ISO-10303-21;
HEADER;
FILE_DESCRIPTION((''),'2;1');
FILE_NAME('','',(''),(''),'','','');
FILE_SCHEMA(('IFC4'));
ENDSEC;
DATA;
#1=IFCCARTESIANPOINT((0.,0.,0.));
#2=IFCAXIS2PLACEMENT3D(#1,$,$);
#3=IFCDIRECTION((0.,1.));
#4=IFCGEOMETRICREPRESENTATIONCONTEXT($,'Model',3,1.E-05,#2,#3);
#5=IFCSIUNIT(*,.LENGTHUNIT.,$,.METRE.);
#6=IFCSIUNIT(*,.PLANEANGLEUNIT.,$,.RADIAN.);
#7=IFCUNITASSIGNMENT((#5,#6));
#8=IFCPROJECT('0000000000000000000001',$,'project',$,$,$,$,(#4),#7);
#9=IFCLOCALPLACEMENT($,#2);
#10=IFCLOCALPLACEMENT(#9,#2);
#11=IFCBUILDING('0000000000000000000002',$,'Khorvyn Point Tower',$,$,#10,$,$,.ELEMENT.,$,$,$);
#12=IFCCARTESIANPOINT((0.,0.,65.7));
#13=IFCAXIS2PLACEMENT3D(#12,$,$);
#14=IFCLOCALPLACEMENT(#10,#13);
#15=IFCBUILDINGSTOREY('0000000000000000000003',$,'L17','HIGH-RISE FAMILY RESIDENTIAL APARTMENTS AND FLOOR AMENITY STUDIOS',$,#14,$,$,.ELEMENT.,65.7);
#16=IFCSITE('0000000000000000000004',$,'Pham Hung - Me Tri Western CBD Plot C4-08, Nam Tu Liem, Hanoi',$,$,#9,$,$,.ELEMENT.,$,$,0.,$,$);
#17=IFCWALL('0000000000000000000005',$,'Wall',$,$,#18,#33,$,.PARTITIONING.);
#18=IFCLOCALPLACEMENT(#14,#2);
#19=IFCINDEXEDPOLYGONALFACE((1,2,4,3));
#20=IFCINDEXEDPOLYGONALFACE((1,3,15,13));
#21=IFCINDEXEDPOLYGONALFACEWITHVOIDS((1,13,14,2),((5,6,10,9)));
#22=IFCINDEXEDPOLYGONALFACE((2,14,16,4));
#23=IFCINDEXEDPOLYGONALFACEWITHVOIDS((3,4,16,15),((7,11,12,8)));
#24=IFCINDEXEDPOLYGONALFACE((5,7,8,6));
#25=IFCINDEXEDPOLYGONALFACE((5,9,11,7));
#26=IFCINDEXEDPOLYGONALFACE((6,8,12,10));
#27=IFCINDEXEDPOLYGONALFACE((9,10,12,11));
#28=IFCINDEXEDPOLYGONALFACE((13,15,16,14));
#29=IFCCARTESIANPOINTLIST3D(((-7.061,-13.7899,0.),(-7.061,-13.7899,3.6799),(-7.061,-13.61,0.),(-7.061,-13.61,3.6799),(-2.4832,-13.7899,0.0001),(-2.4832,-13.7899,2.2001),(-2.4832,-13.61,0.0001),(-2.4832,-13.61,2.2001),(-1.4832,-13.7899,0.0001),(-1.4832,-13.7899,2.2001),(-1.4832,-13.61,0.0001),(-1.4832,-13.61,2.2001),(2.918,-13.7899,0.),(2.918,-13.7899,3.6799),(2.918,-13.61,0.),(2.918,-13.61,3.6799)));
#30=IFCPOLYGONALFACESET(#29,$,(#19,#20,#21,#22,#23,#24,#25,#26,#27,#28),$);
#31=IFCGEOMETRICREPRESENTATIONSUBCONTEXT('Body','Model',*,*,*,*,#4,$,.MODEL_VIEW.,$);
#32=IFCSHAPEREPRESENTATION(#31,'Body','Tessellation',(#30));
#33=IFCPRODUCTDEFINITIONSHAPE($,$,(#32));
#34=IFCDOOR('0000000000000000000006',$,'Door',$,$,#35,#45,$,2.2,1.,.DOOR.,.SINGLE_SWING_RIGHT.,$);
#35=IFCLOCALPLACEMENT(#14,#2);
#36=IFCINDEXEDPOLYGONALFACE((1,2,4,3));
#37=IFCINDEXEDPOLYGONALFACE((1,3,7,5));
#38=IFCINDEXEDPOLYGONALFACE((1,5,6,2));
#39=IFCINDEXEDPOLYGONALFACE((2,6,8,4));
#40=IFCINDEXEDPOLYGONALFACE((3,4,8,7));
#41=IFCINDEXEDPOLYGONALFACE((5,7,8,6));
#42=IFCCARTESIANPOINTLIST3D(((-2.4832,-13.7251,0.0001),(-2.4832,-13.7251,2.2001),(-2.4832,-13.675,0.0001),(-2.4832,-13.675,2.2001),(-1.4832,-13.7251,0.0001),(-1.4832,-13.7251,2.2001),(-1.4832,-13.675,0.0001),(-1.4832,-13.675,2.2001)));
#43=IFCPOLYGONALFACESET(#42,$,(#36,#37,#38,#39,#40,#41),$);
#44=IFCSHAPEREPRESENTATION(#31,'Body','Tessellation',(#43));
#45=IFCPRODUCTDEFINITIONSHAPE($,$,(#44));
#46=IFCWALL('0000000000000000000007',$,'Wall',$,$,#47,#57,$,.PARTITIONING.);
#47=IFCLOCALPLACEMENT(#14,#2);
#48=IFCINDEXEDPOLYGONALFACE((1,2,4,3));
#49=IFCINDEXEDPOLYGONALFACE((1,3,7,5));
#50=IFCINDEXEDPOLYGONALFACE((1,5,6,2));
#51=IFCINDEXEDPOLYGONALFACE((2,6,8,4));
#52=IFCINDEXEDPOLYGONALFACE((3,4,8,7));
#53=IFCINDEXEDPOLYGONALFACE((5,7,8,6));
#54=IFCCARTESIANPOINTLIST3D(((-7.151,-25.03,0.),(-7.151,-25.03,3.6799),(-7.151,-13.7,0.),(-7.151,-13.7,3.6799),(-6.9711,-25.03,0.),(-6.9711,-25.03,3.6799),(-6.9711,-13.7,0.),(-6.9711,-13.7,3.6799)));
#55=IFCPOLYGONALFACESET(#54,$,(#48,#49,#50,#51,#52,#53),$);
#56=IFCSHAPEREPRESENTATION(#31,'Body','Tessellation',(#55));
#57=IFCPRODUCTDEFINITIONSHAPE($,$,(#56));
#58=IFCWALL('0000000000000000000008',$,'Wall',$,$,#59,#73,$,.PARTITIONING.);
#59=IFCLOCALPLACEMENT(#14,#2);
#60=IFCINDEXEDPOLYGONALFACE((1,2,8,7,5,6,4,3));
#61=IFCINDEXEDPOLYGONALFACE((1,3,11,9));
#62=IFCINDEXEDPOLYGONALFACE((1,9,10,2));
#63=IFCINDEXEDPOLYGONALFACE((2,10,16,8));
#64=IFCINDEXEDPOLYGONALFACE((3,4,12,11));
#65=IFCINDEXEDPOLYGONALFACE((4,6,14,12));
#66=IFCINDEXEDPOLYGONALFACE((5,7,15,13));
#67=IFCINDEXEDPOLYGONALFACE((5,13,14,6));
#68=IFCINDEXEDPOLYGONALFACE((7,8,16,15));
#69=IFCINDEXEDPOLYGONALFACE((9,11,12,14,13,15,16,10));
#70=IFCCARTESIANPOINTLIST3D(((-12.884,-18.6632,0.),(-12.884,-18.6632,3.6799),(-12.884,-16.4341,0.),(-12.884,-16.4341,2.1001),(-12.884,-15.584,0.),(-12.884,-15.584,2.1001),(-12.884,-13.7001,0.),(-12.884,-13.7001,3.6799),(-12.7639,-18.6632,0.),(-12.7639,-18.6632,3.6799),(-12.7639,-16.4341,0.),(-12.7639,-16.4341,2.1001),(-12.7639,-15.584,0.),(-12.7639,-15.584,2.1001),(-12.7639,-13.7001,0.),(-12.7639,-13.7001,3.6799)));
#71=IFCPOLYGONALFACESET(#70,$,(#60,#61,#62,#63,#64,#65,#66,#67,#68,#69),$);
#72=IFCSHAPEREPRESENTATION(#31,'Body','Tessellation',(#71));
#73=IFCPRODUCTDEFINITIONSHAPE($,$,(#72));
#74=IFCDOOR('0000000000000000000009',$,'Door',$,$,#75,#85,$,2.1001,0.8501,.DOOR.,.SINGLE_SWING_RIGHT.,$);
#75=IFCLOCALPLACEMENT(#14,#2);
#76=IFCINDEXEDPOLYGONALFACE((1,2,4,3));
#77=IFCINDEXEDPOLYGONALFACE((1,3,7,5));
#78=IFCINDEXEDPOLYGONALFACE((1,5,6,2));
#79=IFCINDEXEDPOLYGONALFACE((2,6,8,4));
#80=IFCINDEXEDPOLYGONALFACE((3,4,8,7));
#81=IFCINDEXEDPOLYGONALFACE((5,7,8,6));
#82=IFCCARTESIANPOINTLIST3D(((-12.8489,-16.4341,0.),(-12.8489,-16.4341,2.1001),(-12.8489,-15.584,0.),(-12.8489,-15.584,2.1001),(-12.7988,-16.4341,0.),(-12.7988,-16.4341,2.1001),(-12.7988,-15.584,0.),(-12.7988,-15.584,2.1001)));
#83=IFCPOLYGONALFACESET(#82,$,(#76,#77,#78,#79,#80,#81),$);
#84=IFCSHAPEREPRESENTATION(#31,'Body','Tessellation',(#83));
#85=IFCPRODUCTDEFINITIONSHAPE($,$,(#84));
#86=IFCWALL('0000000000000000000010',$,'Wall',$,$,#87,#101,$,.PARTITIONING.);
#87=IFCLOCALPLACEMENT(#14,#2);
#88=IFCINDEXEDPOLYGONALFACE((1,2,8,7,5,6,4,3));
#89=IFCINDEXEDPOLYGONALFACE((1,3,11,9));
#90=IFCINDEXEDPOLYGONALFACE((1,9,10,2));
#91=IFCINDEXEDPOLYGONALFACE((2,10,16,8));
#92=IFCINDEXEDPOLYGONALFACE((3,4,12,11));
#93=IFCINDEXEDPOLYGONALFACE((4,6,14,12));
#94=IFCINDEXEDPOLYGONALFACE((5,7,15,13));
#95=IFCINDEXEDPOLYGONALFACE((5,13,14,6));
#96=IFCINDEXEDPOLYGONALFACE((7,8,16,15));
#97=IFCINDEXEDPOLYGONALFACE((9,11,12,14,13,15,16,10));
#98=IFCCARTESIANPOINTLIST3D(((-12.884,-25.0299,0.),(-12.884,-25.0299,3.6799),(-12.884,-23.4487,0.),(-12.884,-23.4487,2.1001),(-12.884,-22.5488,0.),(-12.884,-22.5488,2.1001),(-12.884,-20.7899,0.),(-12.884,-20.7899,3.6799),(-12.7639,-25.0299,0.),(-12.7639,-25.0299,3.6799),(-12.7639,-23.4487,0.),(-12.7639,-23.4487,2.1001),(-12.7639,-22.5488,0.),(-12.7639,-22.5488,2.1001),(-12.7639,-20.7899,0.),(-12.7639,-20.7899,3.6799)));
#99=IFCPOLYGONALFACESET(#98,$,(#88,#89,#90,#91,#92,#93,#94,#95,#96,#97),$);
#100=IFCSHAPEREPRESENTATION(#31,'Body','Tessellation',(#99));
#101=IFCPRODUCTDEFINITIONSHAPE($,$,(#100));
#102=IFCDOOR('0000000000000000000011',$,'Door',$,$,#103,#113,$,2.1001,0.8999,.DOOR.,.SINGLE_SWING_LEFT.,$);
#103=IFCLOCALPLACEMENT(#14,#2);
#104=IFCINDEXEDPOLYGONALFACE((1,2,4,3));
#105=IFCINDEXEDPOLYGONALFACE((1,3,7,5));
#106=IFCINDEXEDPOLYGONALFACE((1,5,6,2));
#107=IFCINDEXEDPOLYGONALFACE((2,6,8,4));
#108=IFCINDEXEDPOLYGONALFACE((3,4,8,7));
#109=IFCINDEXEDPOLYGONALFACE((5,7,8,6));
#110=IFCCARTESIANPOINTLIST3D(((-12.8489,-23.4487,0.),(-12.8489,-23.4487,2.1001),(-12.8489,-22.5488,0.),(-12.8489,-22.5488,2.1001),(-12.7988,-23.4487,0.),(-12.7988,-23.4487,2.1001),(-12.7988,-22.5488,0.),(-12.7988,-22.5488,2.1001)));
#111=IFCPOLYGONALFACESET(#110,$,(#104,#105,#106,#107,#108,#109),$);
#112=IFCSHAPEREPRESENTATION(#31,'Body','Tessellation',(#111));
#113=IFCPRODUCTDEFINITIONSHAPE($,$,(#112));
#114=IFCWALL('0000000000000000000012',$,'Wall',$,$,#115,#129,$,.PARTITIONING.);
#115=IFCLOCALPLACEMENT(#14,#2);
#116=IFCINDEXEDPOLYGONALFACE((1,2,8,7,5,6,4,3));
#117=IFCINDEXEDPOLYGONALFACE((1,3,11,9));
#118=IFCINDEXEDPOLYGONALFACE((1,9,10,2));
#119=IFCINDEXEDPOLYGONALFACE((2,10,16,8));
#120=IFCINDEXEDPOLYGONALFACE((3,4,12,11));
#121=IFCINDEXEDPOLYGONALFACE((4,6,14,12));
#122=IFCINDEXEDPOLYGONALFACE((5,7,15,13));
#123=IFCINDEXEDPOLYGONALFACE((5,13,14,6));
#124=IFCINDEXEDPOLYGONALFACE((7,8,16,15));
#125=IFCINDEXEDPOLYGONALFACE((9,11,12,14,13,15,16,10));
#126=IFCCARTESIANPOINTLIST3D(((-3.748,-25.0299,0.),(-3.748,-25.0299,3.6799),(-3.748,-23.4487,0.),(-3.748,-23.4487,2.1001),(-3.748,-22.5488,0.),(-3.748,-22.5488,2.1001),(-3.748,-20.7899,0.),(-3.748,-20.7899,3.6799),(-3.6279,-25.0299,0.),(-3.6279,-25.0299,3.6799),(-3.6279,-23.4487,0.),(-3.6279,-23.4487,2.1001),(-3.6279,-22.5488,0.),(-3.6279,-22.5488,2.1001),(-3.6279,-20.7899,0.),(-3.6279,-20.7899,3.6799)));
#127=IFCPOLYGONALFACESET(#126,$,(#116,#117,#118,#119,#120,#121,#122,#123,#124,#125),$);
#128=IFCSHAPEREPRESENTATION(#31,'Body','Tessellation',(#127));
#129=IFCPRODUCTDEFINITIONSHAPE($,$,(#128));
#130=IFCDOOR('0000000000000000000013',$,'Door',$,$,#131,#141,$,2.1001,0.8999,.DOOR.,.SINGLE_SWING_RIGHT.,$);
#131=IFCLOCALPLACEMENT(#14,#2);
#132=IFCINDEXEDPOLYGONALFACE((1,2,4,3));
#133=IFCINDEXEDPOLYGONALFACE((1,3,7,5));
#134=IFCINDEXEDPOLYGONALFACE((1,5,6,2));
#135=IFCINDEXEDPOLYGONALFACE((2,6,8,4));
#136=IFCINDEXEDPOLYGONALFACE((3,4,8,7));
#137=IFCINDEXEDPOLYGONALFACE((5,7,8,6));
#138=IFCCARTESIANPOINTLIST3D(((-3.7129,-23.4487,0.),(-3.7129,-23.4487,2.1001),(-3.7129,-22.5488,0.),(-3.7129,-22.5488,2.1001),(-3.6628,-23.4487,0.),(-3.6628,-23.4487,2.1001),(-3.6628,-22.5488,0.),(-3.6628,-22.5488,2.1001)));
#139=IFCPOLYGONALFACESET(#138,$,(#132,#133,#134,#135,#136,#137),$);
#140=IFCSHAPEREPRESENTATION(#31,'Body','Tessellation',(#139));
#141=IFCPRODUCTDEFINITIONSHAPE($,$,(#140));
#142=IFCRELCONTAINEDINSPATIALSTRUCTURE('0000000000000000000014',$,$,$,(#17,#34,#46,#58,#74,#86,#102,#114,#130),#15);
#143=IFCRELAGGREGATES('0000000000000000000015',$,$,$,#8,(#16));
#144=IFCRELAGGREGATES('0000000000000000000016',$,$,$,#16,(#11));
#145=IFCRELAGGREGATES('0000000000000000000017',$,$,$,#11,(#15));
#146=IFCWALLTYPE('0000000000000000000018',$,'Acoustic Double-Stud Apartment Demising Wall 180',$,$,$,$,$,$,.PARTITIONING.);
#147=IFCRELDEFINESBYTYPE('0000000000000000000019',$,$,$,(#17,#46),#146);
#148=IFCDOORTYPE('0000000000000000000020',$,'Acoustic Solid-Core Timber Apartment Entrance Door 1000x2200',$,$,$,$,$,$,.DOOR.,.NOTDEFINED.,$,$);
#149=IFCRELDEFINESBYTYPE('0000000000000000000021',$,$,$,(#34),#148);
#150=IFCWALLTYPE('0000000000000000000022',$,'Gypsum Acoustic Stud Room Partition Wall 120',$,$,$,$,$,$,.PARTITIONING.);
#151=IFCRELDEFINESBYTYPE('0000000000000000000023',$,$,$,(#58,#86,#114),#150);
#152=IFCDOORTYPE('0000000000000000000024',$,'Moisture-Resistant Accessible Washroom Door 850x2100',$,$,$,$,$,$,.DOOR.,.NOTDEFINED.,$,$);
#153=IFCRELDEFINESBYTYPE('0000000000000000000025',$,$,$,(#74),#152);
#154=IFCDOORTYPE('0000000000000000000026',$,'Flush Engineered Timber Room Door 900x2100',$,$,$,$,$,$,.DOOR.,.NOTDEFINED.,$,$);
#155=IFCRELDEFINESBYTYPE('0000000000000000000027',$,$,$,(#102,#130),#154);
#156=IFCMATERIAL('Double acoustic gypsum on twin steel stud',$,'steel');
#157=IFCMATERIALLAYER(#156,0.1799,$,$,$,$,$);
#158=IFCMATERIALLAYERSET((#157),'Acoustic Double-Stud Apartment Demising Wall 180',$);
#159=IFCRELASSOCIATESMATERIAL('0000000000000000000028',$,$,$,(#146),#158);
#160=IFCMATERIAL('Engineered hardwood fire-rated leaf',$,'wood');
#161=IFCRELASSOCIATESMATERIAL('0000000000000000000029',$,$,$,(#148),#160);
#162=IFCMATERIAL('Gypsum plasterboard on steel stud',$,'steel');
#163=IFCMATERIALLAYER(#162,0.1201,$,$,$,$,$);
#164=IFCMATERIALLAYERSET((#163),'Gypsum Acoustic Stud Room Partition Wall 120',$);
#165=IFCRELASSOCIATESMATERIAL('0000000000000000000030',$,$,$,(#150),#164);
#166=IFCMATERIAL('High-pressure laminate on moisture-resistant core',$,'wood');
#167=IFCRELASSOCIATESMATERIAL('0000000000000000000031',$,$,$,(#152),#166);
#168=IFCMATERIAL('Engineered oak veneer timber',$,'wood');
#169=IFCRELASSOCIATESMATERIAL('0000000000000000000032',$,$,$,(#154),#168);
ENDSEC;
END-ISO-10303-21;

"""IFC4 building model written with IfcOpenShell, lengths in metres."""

from ifc_helpers import new_model, si_unit, direction, frame, frame_2d, origin, place, context, subcontext, project, spatial, rectangle, extrude, material, layer, layer_set, type_object, element, fill, save


model = new_model("IFC4")

# Units and contexts
model_context = context("Model", 3, precision=1e-05, world=origin(), true_north=direction((0.0, 1.0)))
body_context = subcontext(model_context, "Body", "Model", "MODEL_VIEW")
ifc_project = project(units=[si_unit("LENGTHUNIT", "METRE"), si_unit("PLANEANGLEUNIT", "RADIAN")], contexts=[model_context])

# Site, building, storey
site_placement = place(None, origin())
site = spatial("IfcSite", under=ifc_project, at=site_placement, Name="Pham Hung - Me Tri Western CBD Plot C4-08, Nam Tu Liem, Hanoi", CompositionType="ELEMENT", RefElevation=0.0)
building_placement = place(site_placement, origin())
building = spatial("IfcBuilding", under=site, at=building_placement, Name="Khorvyn Point Tower", CompositionType="ELEMENT")
storey_placement = place(building_placement, frame((0.0, 0.0, 65.7)))
storey = spatial("IfcBuildingStorey", under=building, at=storey_placement, Name="L17", Description="HIGH-RISE FAMILY RESIDENTIAL APARTMENTS AND FLOOR AMENITY STUDIOS", CompositionType="ELEMENT", Elevation=65.7)

# Wall, opening, door
ifc_material_1 = material(Name="Double acoustic gypsum on twin steel stud", Category="steel")
ifc_layer_1 = layer(ifc_material_1, 0.1799)
ifc_layer_set_1 = layer_set([ifc_layer_1], Name="Acoustic Double-Stud Apartment Demising Wall 180")
wall_type_1 = type_object("IfcWallType", Name="Acoustic Double-Stud Apartment Demising Wall 180", PredefinedType="PARTITIONING", material=ifc_layer_set_1)
wall_1_placement = place(storey_placement, frame((-7.061, -13.7, 0.0), z_axis=(0.0, 0.0, 1.0), x_axis=(1.0, 0.0, 0.0)))
wall_1 = element("IfcWall", 1, at=wall_1_placement, inside=storey, type_object=wall_type_1, Name="Wall", PredefinedType="PARTITIONING", context=body_context, shape_type="SweptSolid", body=[
    extrude(rectangle(XDim=9.979, YDim=0.1799, at=frame_2d((4.9895, 0.0))), origin(), (0.0, 0.0, 1.0), 3.6799),
])
opening_1_placement = place(wall_1_placement, frame((4.5779, 0.0, 0.0)))
opening_1 = element("IfcOpeningElement", 2, at=opening_1_placement, cuts=wall_1, PredefinedType="OPENING", context=body_context, shape_type="SweptSolid", body=[
    extrude(rectangle(XDim=1.0, YDim=2.2, at=frame_2d((0.5, 1.1001))), frame((0.0, 0.0999, 0.0), z_axis=(0.0, -1.0, 0.0), x_axis=(1.0, 0.0, 0.0)), (0.0, 0.0, 1.0), 0.2),
])
ifc_material_2 = material(Name="Engineered hardwood fire-rated leaf", Category="wood")
door_type_1 = type_object("IfcDoorType", Name="Acoustic Solid-Core Timber Apartment Entrance Door 1000x2200", OperationType="NOTDEFINED", PredefinedType="DOOR", material=ifc_material_2)
door_1_placement = place(opening_1_placement, origin())
door_1 = element("IfcDoor", 3, at=door_1_placement, inside=storey, type_object=door_type_1, Name="Door", OperationType="SINGLE_SWING_RIGHT", OverallHeight=2.2, OverallWidth=1.0, PredefinedType="DOOR", context=body_context, shape_type="SweptSolid", body=[
    extrude(rectangle(XDim=1.0, YDim=2.2, at=frame_2d((0.5, 1.1001))), frame((0.0, 0.0249, 0.0), z_axis=(0.0, -1.0, 0.0), x_axis=(1.0, 0.0, 0.0)), (0.0, 0.0, 1.0), 0.05),
])
fill(opening_1, door_1)

# Wall
wall_2_placement = place(storey_placement, frame((-7.061, -25.03, 0.0), z_axis=(0.0, 0.0, 1.0), x_axis=(0.0, 1.0, 0.0)))
element("IfcWall", 4, at=wall_2_placement, inside=storey, type_object=wall_type_1, Name="Wall", PredefinedType="PARTITIONING", context=body_context, shape_type="SweptSolid", body=[
    extrude(rectangle(XDim=11.3301, YDim=0.1799, at=frame_2d((5.665, 0.0))), origin(), (0.0, 0.0, 1.0), 3.6799),
])

# Walls, openings, doors
ifc_material_3 = material(Name="Gypsum plasterboard on steel stud", Category="steel")
ifc_layer_2 = layer(ifc_material_3, 0.1201)
ifc_layer_set_2 = layer_set([ifc_layer_2], Name="Gypsum Acoustic Stud Room Partition Wall 120")
wall_type_2 = type_object("IfcWallType", Name="Gypsum Acoustic Stud Room Partition Wall 120", PredefinedType="PARTITIONING", material=ifc_layer_set_2)
wall_3_placement = place(storey_placement, frame((-12.824, -18.6631, 0.0), z_axis=(0.0, 0.0, 1.0), x_axis=(0.0, 1.0, 0.0)))
wall_3 = element("IfcWall", 5, at=wall_3_placement, inside=storey, type_object=wall_type_2, Name="Wall", PredefinedType="PARTITIONING", context=body_context, shape_type="SweptSolid", body=[
    extrude(rectangle(XDim=4.9631, YDim=0.1201, at=frame_2d((2.4814, 0.0))), origin(), (0.0, 0.0, 1.0), 3.6799),
])
opening_2_placement = place(wall_3_placement, frame((2.229, 0.0, 0.0)))
opening_2 = element("IfcOpeningElement", 6, at=opening_2_placement, cuts=wall_3, PredefinedType="OPENING", context=body_context, shape_type="SweptSolid", body=[
    extrude(rectangle(XDim=0.8501, YDim=2.1001, at=frame_2d((0.425, 1.05))), frame((0.0, 0.0701, 0.0), z_axis=(0.0, -1.0, 0.0), x_axis=(1.0, 0.0, 0.0)), (0.0, 0.0, 1.0), 0.1401),
])
ifc_material_4 = material(Name="High-pressure laminate on moisture-resistant core", Category="wood")
door_type_2 = type_object("IfcDoorType", Name="Moisture-Resistant Accessible Washroom Door 850x2100", OperationType="NOTDEFINED", PredefinedType="DOOR", material=ifc_material_4)
door_2_placement = place(opening_2_placement, origin())
door_2 = element("IfcDoor", 7, at=door_2_placement, inside=storey, type_object=door_type_2, Name="Door", OperationType="SINGLE_SWING_RIGHT", OverallHeight=2.1001, OverallWidth=0.8501, PredefinedType="DOOR", context=body_context, shape_type="SweptSolid", body=[
    extrude(rectangle(XDim=0.8501, YDim=2.1001, at=frame_2d((0.425, 1.05))), frame((0.0, 0.0249, 0.0), z_axis=(0.0, -1.0, 0.0), x_axis=(1.0, 0.0, 0.0)), (0.0, 0.0, 1.0), 0.05),
])
fill(opening_2, door_2)
wall_4_placement = place(storey_placement, frame((-12.824, -25.03, 0.0), z_axis=(0.0, 0.0, 1.0), x_axis=(0.0, 1.0, 0.0)))
wall_4 = element("IfcWall", 8, at=wall_4_placement, inside=storey, type_object=wall_type_2, Name="Wall", PredefinedType="PARTITIONING", context=body_context, shape_type="SweptSolid", body=[
    extrude(rectangle(XDim=4.24, YDim=0.1201, at=frame_2d((2.1201, 0.0))), origin(), (0.0, 0.0, 1.0), 3.6799),
])
opening_3_placement = place(wall_4_placement, frame((1.5813, 0.0, 0.0)))
opening_3 = element("IfcOpeningElement", 9, at=opening_3_placement, cuts=wall_4, PredefinedType="OPENING", context=body_context, shape_type="SweptSolid", body=[
    extrude(rectangle(XDim=0.8999, YDim=2.1001, at=frame_2d((0.45, 1.05))), frame((0.0, 0.0701, 0.0), z_axis=(0.0, -1.0, 0.0), x_axis=(1.0, 0.0, 0.0)), (0.0, 0.0, 1.0), 0.1401),
])
ifc_material_5 = material(Name="Engineered oak veneer timber", Category="wood")
door_type_3 = type_object("IfcDoorType", Name="Flush Engineered Timber Room Door 900x2100", OperationType="NOTDEFINED", PredefinedType="DOOR", material=ifc_material_5)
door_3_placement = place(opening_3_placement, origin())
door_3 = element("IfcDoor", 10, at=door_3_placement, inside=storey, type_object=door_type_3, Name="Door", OperationType="SINGLE_SWING_LEFT", OverallHeight=2.1001, OverallWidth=0.8999, PredefinedType="DOOR", context=body_context, shape_type="SweptSolid", body=[
    extrude(rectangle(XDim=0.8999, YDim=2.1001, at=frame_2d((0.45, 1.05))), frame((0.0, 0.0249, 0.0), z_axis=(0.0, -1.0, 0.0), x_axis=(1.0, 0.0, 0.0)), (0.0, 0.0, 1.0), 0.05),
])
fill(opening_3, door_3)
wall_5_placement = place(storey_placement, frame((-3.688, -25.03, 0.0), z_axis=(0.0, 0.0, 1.0), x_axis=(0.0, 1.0, 0.0)))
wall_5 = element("IfcWall", 11, at=wall_5_placement, inside=storey, type_object=wall_type_2, Name="Wall", PredefinedType="PARTITIONING", context=body_context, shape_type="SweptSolid", body=[
    extrude(rectangle(XDim=4.24, YDim=0.1201, at=frame_2d((2.1201, 0.0))), origin(), (0.0, 0.0, 1.0), 3.6799),
])
opening_4_placement = place(wall_5_placement, frame((1.5813, 0.0, 0.0)))
opening_4 = element("IfcOpeningElement", 12, at=opening_4_placement, cuts=wall_5, PredefinedType="OPENING", context=body_context, shape_type="SweptSolid", body=[
    extrude(rectangle(XDim=0.8999, YDim=2.1001, at=frame_2d((0.45, 1.05))), frame((0.0, 0.0701, 0.0), z_axis=(0.0, -1.0, 0.0), x_axis=(1.0, 0.0, 0.0)), (0.0, 0.0, 1.0), 0.1401),
])
door_4_placement = place(opening_4_placement, origin())
door_4 = element("IfcDoor", 13, at=door_4_placement, inside=storey, type_object=door_type_3, Name="Door", OperationType="SINGLE_SWING_RIGHT", OverallHeight=2.1001, OverallWidth=0.8999, PredefinedType="DOOR", context=body_context, shape_type="SweptSolid", body=[
    extrude(rectangle(XDim=0.8999, YDim=2.1001, at=frame_2d((0.45, 1.05))), frame((0.0, 0.0249, 0.0), z_axis=(0.0, -1.0, 0.0), x_axis=(1.0, 0.0, 0.0)), (0.0, 0.0, 1.0), 0.05),
])
fill(opening_4, door_4)

save(model, "model.ifc")
